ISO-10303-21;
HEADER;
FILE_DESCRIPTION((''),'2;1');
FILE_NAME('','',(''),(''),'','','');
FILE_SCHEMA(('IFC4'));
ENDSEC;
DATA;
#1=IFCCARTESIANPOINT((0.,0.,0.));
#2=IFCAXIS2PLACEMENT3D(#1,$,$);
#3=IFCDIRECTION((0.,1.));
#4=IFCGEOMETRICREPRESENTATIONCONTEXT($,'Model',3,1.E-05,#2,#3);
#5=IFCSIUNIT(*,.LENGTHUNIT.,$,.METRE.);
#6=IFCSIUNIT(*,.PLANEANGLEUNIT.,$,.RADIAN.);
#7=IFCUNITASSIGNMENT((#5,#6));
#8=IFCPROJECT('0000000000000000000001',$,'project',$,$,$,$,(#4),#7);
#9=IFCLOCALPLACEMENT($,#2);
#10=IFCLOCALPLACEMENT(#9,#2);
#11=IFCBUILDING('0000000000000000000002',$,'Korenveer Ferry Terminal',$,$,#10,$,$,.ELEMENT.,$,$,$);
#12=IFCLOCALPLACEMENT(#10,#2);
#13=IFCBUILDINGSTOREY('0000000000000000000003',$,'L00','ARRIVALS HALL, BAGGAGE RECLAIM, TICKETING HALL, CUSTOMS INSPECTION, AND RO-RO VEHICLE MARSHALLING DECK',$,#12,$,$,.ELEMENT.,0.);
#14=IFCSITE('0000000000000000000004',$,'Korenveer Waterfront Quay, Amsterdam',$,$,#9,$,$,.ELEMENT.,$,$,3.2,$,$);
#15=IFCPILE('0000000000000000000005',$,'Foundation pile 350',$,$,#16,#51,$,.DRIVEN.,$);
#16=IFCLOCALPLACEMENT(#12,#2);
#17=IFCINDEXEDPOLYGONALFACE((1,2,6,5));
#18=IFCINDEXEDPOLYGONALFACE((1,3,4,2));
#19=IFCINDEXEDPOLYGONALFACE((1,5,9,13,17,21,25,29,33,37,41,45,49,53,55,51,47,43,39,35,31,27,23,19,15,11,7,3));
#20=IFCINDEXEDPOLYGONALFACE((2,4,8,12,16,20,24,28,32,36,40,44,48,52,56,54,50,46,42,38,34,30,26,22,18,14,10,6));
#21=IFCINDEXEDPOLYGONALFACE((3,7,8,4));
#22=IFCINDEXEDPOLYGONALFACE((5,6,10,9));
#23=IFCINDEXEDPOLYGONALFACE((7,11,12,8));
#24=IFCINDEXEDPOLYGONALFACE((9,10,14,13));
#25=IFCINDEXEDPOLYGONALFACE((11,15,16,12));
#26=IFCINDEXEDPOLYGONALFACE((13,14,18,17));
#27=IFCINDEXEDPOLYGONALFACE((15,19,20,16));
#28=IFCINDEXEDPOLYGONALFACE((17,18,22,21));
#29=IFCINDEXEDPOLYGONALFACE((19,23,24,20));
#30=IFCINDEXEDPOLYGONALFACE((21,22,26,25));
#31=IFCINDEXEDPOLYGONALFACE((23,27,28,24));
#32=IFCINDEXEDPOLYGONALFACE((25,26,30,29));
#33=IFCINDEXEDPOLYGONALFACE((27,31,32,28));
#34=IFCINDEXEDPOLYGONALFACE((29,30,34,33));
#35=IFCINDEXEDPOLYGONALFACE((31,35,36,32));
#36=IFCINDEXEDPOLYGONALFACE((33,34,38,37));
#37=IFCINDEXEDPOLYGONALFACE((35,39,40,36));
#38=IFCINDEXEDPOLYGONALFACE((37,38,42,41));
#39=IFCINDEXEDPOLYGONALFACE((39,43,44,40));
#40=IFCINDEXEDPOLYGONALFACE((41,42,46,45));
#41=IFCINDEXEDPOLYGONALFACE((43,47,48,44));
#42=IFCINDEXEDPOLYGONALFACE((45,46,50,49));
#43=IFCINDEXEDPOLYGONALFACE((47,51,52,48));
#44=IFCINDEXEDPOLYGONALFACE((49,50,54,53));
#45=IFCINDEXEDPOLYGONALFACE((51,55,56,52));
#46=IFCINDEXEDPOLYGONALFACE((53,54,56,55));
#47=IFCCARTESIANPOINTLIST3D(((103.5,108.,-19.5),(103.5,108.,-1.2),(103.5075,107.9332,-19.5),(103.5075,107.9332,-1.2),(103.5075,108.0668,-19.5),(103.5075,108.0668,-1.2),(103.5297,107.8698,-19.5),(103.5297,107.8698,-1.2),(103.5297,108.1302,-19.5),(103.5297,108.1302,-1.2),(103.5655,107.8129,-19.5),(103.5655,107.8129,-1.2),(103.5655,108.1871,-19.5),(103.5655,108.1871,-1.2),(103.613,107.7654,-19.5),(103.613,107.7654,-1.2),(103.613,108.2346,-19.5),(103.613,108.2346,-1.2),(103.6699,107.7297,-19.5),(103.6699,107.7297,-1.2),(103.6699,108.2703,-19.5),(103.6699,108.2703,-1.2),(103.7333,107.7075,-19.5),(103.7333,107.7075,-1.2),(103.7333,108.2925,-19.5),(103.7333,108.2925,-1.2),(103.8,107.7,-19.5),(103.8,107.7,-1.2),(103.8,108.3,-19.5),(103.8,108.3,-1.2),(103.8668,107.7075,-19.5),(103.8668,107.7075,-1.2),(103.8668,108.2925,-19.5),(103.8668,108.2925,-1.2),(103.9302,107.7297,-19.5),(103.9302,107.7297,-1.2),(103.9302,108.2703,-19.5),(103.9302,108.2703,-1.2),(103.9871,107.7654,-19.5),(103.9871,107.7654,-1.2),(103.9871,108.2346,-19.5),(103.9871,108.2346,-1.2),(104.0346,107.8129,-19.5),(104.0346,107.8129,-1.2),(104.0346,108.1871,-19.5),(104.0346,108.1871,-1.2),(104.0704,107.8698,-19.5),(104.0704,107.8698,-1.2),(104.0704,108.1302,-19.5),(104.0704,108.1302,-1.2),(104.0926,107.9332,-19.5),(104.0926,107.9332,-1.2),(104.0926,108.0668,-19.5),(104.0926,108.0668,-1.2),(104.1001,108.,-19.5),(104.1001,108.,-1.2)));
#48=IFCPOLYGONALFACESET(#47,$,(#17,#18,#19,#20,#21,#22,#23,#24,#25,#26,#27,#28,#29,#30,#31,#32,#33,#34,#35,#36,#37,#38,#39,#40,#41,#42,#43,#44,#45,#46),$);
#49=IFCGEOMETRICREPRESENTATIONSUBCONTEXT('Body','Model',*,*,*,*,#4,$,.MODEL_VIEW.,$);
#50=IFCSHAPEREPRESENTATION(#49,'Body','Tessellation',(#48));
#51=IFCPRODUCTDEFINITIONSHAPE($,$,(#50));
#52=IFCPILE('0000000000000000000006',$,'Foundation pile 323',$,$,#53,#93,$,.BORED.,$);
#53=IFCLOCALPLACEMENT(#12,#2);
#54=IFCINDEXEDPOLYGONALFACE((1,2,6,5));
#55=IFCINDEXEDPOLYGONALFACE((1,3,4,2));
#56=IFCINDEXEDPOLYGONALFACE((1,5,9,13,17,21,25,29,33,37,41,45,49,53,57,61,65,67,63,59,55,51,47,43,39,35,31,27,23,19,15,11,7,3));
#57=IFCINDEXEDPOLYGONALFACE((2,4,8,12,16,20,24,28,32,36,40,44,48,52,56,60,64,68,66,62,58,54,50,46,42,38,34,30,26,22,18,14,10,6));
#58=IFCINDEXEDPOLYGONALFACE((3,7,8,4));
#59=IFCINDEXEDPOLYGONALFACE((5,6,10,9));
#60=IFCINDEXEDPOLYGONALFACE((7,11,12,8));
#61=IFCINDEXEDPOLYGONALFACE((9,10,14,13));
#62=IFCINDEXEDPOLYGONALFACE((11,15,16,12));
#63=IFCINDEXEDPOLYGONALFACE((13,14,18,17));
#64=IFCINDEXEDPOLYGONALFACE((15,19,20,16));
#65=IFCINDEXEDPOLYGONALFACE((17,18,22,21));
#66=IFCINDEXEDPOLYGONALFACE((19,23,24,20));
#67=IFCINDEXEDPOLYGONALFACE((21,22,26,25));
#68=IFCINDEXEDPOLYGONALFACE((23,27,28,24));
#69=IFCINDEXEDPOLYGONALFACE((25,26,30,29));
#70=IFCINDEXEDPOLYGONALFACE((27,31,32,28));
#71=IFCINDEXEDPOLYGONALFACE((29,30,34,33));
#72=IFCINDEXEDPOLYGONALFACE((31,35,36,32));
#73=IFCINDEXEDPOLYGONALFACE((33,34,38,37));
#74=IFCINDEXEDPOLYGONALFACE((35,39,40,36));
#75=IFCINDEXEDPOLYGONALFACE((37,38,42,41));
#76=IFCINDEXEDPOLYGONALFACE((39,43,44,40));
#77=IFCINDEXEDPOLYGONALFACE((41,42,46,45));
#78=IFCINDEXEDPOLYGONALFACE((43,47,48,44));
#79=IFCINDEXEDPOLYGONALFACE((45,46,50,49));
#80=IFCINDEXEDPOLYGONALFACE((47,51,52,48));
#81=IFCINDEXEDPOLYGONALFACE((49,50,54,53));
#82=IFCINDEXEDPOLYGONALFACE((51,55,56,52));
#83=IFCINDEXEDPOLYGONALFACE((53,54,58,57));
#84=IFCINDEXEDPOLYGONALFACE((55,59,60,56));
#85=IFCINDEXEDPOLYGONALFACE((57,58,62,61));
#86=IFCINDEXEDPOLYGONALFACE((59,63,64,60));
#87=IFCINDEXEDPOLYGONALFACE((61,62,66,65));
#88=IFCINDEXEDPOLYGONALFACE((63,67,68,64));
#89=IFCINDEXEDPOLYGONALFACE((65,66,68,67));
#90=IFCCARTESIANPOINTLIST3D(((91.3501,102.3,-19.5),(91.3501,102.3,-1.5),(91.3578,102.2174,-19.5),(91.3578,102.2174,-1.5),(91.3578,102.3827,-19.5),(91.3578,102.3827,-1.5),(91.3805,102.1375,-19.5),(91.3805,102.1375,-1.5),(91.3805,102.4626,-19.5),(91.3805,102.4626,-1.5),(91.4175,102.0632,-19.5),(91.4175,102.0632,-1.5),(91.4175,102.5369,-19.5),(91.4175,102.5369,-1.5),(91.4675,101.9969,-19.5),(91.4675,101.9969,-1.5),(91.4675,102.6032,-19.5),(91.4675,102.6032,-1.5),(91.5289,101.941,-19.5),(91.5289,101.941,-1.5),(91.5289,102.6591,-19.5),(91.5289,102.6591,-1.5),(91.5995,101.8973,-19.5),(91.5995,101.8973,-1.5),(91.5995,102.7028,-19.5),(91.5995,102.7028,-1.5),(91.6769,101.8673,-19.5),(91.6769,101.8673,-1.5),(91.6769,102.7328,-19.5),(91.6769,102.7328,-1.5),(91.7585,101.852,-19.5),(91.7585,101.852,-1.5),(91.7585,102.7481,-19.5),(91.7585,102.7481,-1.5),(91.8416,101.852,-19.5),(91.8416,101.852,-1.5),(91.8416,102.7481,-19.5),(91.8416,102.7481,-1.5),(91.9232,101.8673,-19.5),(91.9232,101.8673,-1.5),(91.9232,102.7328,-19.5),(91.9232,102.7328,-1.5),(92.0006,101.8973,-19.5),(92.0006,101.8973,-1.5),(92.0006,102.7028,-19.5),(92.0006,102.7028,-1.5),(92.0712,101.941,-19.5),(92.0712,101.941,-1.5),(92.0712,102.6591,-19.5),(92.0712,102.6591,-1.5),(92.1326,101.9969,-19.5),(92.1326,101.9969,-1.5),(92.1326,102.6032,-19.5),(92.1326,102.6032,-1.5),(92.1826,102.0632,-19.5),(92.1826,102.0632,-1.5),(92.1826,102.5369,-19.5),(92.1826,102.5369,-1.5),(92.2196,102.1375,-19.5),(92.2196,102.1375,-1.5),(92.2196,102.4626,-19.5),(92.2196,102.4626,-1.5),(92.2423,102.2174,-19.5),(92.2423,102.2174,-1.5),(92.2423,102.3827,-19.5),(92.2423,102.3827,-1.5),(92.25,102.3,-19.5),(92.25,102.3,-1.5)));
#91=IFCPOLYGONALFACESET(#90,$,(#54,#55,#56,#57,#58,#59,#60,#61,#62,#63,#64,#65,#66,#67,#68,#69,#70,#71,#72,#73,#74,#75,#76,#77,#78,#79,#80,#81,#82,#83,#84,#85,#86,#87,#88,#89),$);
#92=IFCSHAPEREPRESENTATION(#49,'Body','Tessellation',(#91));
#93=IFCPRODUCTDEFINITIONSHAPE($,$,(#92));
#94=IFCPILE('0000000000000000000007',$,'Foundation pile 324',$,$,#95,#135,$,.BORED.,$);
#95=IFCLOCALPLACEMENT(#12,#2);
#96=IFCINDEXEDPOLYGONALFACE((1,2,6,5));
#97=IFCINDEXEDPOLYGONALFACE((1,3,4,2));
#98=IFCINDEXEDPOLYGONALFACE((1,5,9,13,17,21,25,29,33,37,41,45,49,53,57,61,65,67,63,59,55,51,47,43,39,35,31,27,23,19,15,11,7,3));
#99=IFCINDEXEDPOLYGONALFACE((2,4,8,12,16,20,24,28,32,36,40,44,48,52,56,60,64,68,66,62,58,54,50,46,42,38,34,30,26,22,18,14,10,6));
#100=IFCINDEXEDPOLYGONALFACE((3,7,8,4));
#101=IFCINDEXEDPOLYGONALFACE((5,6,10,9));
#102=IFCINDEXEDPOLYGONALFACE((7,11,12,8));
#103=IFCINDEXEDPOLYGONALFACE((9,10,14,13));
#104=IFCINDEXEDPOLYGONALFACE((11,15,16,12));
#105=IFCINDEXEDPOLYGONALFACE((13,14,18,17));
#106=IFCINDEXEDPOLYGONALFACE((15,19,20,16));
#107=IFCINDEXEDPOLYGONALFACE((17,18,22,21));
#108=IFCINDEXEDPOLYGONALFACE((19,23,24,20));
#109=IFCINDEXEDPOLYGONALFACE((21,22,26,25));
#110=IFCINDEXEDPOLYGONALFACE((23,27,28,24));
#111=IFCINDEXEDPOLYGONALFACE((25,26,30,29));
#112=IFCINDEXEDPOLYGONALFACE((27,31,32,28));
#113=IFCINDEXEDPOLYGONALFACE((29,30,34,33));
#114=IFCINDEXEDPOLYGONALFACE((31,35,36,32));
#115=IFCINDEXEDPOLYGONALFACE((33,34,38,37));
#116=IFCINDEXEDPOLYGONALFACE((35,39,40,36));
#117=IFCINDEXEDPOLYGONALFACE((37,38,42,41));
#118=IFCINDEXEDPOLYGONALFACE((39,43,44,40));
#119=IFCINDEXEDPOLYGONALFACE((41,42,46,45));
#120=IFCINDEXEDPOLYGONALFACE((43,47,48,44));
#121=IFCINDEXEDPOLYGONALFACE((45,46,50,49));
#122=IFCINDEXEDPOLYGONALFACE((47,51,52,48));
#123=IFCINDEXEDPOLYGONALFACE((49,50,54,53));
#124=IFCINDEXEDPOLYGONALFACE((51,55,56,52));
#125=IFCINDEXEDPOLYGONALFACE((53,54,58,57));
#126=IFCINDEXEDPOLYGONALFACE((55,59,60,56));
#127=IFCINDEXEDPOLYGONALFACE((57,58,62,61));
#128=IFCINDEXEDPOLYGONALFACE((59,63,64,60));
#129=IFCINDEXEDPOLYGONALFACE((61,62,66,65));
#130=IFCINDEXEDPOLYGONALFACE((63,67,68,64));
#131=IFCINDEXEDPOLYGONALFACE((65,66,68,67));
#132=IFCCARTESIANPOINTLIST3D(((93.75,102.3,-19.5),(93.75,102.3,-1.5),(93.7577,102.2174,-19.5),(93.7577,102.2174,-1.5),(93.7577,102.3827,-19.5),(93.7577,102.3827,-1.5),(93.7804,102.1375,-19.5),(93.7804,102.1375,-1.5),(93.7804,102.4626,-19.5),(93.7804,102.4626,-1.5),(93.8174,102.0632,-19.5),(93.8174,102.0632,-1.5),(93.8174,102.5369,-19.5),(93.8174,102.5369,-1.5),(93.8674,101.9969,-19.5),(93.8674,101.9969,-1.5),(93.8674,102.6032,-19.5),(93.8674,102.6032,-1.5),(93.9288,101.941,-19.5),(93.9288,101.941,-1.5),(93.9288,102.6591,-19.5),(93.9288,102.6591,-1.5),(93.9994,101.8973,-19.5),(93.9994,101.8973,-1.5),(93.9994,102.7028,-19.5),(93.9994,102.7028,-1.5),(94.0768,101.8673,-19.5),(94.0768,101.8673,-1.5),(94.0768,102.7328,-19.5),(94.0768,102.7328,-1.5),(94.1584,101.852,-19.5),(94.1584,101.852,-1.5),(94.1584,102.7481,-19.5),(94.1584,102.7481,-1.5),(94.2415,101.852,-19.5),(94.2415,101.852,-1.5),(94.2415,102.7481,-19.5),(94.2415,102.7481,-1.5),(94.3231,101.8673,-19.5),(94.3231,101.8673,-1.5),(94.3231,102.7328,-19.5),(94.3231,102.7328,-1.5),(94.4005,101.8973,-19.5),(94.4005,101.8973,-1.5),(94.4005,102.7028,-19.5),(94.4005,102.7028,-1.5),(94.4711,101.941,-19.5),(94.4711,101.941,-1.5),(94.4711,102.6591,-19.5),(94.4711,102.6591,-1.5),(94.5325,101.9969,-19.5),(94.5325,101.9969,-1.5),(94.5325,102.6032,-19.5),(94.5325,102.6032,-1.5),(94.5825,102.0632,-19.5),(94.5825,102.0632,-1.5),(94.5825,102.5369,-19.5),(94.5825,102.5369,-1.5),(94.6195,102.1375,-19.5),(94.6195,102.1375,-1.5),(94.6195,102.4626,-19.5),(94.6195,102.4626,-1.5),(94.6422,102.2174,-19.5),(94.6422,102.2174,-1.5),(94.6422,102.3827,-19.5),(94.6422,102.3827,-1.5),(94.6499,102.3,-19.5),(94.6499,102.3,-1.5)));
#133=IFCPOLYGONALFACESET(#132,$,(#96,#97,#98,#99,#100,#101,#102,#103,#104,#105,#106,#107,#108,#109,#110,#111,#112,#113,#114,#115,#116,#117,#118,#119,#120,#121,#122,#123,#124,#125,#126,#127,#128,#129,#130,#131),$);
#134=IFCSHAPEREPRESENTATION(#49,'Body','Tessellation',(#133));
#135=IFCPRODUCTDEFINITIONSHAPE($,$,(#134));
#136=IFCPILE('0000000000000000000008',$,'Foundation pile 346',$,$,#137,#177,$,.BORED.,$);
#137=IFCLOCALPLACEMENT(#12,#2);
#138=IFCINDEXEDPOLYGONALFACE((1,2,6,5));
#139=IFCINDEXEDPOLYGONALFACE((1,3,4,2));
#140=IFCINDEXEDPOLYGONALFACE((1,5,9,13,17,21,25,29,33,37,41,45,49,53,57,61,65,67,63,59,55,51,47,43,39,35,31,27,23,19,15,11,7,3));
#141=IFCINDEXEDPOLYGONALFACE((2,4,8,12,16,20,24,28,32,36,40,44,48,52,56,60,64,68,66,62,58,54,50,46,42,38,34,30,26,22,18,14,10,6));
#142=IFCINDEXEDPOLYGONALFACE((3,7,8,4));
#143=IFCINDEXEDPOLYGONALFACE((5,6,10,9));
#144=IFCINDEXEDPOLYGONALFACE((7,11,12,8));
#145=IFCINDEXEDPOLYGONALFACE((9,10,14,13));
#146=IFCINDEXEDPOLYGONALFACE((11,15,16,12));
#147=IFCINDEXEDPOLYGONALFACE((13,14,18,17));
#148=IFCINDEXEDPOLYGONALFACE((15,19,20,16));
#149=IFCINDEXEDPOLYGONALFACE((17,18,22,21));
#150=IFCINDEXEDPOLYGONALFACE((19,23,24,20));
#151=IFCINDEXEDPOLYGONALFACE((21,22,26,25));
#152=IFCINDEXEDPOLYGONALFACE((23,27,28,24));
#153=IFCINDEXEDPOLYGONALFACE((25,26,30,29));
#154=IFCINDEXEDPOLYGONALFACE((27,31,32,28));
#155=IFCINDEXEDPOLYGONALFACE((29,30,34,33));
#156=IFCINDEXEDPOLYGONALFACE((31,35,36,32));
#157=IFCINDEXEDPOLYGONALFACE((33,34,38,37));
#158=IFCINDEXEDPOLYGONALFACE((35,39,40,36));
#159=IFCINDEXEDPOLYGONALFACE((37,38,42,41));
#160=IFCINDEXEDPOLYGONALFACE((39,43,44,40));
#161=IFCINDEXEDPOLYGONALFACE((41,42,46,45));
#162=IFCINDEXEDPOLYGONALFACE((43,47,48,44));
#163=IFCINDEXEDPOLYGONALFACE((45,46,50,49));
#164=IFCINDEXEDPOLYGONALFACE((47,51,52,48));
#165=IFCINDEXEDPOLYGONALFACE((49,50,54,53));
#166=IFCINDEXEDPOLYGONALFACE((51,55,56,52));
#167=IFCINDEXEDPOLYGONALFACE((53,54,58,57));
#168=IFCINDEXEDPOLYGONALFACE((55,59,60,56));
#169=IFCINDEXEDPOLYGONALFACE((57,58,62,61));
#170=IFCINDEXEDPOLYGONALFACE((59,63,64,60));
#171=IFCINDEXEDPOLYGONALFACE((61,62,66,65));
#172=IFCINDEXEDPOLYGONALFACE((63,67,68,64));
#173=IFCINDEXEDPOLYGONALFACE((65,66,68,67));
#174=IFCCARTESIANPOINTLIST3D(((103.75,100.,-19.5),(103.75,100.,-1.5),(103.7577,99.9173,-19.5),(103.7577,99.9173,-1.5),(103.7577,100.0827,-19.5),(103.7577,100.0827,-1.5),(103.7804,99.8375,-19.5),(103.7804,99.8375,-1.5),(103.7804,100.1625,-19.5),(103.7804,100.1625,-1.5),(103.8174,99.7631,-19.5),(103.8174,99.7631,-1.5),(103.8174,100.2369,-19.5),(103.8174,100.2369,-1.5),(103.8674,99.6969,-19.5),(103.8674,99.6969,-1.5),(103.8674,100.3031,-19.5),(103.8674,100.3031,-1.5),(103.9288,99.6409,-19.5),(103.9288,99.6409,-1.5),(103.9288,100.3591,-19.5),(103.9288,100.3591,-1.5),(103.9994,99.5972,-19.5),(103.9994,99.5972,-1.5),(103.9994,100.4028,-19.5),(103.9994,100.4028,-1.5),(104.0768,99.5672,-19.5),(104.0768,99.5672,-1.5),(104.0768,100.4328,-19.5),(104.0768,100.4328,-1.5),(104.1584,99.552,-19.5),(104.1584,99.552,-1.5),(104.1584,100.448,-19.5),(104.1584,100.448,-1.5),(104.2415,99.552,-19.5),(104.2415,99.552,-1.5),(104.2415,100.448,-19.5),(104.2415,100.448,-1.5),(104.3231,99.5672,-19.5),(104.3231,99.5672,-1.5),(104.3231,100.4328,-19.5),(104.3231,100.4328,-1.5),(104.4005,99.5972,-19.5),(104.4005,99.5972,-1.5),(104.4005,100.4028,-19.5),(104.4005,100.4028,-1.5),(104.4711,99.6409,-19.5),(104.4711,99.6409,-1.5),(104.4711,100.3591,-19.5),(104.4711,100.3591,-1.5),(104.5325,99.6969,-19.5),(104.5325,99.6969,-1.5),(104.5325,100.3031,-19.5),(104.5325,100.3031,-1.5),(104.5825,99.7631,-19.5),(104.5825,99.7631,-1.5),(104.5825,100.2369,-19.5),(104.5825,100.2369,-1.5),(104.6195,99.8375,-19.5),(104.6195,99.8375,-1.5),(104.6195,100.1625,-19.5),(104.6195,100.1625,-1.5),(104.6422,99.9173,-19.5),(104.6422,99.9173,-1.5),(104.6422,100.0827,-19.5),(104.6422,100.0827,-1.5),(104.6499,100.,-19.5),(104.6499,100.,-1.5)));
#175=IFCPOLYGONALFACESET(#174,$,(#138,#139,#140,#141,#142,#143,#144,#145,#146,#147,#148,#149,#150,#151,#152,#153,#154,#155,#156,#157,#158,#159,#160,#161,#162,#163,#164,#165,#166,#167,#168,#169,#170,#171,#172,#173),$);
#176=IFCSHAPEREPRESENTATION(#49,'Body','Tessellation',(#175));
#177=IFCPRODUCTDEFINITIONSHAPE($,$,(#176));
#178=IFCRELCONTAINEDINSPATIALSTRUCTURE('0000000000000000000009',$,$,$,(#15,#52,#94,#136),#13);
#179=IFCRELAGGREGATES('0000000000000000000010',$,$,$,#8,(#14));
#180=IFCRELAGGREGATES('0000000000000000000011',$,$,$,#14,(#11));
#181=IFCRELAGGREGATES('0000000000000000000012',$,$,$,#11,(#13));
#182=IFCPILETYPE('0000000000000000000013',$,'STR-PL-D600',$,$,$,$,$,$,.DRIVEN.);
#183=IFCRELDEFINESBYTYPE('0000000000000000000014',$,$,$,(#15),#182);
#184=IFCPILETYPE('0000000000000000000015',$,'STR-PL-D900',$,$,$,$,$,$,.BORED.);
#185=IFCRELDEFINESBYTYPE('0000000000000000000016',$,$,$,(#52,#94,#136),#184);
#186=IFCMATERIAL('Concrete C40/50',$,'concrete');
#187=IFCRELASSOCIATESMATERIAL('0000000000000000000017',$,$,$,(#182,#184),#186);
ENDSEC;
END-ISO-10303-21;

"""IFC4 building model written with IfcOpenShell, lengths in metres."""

from ifc_helpers import new_model, si_unit, direction, frame, origin, origin_2d, place, context, subcontext, project, spatial, circle, extrude, material, material_profile, profile_set, type_object, element, save


model = new_model("IFC4")

# Units and contexts
model_context = context("Model", 3, precision=1e-05, world=origin(), true_north=direction((0.0, 1.0)))
body_context = subcontext(model_context, "Body", "Model", "MODEL_VIEW")
ifc_project = project(units=[si_unit("LENGTHUNIT", "METRE"), si_unit("PLANEANGLEUNIT", "RADIAN")], contexts=[model_context])

# Site, building, storey
site_placement = place(None, origin())
site = spatial("IfcSite", under=ifc_project, at=site_placement, Name="Korenveer Waterfront Quay, Amsterdam", CompositionType="ELEMENT", RefElevation=3.2)
building_placement = place(site_placement, origin())
building = spatial("IfcBuilding", under=site, at=building_placement, Name="Korenveer Ferry Terminal", CompositionType="ELEMENT")
storey_placement = place(building_placement, origin())
storey = spatial("IfcBuildingStorey", under=building, at=storey_placement, Name="L00", Description="ARRIVALS HALL, BAGGAGE RECLAIM, TICKETING HALL, CUSTOMS INSPECTION, AND RO-RO VEHICLE MARSHALLING DECK", CompositionType="ELEMENT", Elevation=0.0)

# Shared definitions
ifc_material_1 = material(Name="Concrete C40/50", Category="concrete")

# Piles
ifc_material_profile_1 = material_profile(ifc_material_1, circle(Radius=0.3, at=origin_2d()), Name="PILE D600")
ifc_profile_set_1 = profile_set([ifc_material_profile_1], Name="Concrete C40/50")
pile_type_1 = type_object("IfcPileType", Name="STR-PL-D600", PredefinedType="DRIVEN", material=ifc_profile_set_1)
for number, where, z_axis, x_axis, name in (
    (1, (103.8, 108.0, -1.2), (0.0, 0.0, -1.0), (1.0, 0.0, 0.0), "Foundation pile 350"),
):
    element("IfcPile", number, at=place(storey_placement, frame(where, z_axis=z_axis, x_axis=x_axis)), inside=storey, type_object=pile_type_1, Name=name, PredefinedType="DRIVEN", context=body_context, shape_type="SweptSolid", body=[
        extrude(circle(Radius=0.3, at=origin_2d()), origin(), (0.0, 0.0, 1.0), 18.3),
    ])
ifc_material_profile_2 = material_profile(ifc_material_1, circle(Radius=0.45, at=origin_2d()), Name="PILE D900")
ifc_profile_set_2 = profile_set([ifc_material_profile_2], Name="Concrete C40/50")
pile_type_2 = type_object("IfcPileType", Name="STR-PL-D900", PredefinedType="BORED", material=ifc_profile_set_2)
for number, where, z_axis, x_axis, name in (
    (2, (91.8, 102.3, -1.5), (0.0, 0.0, -1.0), (1.0, 0.0, 0.0), "Foundation pile 323"),
    (3, (94.2, 102.3, -1.5), (0.0, 0.0, -1.0), (1.0, 0.0, 0.0), "Foundation pile 324"),
    (4, (104.2, 100.0, -1.5), (0.0, 0.0, -1.0), (1.0, 0.0, 0.0), "Foundation pile 346"),
):
    element("IfcPile", number, at=place(storey_placement, frame(where, z_axis=z_axis, x_axis=x_axis)), inside=storey, type_object=pile_type_2, Name=name, PredefinedType="BORED", context=body_context, shape_type="SweptSolid", body=[
        extrude(circle(Radius=0.45, at=origin_2d()), origin(), (0.0, 0.0, 1.0), 18.0),
    ])

save(model, "model.ifc")
